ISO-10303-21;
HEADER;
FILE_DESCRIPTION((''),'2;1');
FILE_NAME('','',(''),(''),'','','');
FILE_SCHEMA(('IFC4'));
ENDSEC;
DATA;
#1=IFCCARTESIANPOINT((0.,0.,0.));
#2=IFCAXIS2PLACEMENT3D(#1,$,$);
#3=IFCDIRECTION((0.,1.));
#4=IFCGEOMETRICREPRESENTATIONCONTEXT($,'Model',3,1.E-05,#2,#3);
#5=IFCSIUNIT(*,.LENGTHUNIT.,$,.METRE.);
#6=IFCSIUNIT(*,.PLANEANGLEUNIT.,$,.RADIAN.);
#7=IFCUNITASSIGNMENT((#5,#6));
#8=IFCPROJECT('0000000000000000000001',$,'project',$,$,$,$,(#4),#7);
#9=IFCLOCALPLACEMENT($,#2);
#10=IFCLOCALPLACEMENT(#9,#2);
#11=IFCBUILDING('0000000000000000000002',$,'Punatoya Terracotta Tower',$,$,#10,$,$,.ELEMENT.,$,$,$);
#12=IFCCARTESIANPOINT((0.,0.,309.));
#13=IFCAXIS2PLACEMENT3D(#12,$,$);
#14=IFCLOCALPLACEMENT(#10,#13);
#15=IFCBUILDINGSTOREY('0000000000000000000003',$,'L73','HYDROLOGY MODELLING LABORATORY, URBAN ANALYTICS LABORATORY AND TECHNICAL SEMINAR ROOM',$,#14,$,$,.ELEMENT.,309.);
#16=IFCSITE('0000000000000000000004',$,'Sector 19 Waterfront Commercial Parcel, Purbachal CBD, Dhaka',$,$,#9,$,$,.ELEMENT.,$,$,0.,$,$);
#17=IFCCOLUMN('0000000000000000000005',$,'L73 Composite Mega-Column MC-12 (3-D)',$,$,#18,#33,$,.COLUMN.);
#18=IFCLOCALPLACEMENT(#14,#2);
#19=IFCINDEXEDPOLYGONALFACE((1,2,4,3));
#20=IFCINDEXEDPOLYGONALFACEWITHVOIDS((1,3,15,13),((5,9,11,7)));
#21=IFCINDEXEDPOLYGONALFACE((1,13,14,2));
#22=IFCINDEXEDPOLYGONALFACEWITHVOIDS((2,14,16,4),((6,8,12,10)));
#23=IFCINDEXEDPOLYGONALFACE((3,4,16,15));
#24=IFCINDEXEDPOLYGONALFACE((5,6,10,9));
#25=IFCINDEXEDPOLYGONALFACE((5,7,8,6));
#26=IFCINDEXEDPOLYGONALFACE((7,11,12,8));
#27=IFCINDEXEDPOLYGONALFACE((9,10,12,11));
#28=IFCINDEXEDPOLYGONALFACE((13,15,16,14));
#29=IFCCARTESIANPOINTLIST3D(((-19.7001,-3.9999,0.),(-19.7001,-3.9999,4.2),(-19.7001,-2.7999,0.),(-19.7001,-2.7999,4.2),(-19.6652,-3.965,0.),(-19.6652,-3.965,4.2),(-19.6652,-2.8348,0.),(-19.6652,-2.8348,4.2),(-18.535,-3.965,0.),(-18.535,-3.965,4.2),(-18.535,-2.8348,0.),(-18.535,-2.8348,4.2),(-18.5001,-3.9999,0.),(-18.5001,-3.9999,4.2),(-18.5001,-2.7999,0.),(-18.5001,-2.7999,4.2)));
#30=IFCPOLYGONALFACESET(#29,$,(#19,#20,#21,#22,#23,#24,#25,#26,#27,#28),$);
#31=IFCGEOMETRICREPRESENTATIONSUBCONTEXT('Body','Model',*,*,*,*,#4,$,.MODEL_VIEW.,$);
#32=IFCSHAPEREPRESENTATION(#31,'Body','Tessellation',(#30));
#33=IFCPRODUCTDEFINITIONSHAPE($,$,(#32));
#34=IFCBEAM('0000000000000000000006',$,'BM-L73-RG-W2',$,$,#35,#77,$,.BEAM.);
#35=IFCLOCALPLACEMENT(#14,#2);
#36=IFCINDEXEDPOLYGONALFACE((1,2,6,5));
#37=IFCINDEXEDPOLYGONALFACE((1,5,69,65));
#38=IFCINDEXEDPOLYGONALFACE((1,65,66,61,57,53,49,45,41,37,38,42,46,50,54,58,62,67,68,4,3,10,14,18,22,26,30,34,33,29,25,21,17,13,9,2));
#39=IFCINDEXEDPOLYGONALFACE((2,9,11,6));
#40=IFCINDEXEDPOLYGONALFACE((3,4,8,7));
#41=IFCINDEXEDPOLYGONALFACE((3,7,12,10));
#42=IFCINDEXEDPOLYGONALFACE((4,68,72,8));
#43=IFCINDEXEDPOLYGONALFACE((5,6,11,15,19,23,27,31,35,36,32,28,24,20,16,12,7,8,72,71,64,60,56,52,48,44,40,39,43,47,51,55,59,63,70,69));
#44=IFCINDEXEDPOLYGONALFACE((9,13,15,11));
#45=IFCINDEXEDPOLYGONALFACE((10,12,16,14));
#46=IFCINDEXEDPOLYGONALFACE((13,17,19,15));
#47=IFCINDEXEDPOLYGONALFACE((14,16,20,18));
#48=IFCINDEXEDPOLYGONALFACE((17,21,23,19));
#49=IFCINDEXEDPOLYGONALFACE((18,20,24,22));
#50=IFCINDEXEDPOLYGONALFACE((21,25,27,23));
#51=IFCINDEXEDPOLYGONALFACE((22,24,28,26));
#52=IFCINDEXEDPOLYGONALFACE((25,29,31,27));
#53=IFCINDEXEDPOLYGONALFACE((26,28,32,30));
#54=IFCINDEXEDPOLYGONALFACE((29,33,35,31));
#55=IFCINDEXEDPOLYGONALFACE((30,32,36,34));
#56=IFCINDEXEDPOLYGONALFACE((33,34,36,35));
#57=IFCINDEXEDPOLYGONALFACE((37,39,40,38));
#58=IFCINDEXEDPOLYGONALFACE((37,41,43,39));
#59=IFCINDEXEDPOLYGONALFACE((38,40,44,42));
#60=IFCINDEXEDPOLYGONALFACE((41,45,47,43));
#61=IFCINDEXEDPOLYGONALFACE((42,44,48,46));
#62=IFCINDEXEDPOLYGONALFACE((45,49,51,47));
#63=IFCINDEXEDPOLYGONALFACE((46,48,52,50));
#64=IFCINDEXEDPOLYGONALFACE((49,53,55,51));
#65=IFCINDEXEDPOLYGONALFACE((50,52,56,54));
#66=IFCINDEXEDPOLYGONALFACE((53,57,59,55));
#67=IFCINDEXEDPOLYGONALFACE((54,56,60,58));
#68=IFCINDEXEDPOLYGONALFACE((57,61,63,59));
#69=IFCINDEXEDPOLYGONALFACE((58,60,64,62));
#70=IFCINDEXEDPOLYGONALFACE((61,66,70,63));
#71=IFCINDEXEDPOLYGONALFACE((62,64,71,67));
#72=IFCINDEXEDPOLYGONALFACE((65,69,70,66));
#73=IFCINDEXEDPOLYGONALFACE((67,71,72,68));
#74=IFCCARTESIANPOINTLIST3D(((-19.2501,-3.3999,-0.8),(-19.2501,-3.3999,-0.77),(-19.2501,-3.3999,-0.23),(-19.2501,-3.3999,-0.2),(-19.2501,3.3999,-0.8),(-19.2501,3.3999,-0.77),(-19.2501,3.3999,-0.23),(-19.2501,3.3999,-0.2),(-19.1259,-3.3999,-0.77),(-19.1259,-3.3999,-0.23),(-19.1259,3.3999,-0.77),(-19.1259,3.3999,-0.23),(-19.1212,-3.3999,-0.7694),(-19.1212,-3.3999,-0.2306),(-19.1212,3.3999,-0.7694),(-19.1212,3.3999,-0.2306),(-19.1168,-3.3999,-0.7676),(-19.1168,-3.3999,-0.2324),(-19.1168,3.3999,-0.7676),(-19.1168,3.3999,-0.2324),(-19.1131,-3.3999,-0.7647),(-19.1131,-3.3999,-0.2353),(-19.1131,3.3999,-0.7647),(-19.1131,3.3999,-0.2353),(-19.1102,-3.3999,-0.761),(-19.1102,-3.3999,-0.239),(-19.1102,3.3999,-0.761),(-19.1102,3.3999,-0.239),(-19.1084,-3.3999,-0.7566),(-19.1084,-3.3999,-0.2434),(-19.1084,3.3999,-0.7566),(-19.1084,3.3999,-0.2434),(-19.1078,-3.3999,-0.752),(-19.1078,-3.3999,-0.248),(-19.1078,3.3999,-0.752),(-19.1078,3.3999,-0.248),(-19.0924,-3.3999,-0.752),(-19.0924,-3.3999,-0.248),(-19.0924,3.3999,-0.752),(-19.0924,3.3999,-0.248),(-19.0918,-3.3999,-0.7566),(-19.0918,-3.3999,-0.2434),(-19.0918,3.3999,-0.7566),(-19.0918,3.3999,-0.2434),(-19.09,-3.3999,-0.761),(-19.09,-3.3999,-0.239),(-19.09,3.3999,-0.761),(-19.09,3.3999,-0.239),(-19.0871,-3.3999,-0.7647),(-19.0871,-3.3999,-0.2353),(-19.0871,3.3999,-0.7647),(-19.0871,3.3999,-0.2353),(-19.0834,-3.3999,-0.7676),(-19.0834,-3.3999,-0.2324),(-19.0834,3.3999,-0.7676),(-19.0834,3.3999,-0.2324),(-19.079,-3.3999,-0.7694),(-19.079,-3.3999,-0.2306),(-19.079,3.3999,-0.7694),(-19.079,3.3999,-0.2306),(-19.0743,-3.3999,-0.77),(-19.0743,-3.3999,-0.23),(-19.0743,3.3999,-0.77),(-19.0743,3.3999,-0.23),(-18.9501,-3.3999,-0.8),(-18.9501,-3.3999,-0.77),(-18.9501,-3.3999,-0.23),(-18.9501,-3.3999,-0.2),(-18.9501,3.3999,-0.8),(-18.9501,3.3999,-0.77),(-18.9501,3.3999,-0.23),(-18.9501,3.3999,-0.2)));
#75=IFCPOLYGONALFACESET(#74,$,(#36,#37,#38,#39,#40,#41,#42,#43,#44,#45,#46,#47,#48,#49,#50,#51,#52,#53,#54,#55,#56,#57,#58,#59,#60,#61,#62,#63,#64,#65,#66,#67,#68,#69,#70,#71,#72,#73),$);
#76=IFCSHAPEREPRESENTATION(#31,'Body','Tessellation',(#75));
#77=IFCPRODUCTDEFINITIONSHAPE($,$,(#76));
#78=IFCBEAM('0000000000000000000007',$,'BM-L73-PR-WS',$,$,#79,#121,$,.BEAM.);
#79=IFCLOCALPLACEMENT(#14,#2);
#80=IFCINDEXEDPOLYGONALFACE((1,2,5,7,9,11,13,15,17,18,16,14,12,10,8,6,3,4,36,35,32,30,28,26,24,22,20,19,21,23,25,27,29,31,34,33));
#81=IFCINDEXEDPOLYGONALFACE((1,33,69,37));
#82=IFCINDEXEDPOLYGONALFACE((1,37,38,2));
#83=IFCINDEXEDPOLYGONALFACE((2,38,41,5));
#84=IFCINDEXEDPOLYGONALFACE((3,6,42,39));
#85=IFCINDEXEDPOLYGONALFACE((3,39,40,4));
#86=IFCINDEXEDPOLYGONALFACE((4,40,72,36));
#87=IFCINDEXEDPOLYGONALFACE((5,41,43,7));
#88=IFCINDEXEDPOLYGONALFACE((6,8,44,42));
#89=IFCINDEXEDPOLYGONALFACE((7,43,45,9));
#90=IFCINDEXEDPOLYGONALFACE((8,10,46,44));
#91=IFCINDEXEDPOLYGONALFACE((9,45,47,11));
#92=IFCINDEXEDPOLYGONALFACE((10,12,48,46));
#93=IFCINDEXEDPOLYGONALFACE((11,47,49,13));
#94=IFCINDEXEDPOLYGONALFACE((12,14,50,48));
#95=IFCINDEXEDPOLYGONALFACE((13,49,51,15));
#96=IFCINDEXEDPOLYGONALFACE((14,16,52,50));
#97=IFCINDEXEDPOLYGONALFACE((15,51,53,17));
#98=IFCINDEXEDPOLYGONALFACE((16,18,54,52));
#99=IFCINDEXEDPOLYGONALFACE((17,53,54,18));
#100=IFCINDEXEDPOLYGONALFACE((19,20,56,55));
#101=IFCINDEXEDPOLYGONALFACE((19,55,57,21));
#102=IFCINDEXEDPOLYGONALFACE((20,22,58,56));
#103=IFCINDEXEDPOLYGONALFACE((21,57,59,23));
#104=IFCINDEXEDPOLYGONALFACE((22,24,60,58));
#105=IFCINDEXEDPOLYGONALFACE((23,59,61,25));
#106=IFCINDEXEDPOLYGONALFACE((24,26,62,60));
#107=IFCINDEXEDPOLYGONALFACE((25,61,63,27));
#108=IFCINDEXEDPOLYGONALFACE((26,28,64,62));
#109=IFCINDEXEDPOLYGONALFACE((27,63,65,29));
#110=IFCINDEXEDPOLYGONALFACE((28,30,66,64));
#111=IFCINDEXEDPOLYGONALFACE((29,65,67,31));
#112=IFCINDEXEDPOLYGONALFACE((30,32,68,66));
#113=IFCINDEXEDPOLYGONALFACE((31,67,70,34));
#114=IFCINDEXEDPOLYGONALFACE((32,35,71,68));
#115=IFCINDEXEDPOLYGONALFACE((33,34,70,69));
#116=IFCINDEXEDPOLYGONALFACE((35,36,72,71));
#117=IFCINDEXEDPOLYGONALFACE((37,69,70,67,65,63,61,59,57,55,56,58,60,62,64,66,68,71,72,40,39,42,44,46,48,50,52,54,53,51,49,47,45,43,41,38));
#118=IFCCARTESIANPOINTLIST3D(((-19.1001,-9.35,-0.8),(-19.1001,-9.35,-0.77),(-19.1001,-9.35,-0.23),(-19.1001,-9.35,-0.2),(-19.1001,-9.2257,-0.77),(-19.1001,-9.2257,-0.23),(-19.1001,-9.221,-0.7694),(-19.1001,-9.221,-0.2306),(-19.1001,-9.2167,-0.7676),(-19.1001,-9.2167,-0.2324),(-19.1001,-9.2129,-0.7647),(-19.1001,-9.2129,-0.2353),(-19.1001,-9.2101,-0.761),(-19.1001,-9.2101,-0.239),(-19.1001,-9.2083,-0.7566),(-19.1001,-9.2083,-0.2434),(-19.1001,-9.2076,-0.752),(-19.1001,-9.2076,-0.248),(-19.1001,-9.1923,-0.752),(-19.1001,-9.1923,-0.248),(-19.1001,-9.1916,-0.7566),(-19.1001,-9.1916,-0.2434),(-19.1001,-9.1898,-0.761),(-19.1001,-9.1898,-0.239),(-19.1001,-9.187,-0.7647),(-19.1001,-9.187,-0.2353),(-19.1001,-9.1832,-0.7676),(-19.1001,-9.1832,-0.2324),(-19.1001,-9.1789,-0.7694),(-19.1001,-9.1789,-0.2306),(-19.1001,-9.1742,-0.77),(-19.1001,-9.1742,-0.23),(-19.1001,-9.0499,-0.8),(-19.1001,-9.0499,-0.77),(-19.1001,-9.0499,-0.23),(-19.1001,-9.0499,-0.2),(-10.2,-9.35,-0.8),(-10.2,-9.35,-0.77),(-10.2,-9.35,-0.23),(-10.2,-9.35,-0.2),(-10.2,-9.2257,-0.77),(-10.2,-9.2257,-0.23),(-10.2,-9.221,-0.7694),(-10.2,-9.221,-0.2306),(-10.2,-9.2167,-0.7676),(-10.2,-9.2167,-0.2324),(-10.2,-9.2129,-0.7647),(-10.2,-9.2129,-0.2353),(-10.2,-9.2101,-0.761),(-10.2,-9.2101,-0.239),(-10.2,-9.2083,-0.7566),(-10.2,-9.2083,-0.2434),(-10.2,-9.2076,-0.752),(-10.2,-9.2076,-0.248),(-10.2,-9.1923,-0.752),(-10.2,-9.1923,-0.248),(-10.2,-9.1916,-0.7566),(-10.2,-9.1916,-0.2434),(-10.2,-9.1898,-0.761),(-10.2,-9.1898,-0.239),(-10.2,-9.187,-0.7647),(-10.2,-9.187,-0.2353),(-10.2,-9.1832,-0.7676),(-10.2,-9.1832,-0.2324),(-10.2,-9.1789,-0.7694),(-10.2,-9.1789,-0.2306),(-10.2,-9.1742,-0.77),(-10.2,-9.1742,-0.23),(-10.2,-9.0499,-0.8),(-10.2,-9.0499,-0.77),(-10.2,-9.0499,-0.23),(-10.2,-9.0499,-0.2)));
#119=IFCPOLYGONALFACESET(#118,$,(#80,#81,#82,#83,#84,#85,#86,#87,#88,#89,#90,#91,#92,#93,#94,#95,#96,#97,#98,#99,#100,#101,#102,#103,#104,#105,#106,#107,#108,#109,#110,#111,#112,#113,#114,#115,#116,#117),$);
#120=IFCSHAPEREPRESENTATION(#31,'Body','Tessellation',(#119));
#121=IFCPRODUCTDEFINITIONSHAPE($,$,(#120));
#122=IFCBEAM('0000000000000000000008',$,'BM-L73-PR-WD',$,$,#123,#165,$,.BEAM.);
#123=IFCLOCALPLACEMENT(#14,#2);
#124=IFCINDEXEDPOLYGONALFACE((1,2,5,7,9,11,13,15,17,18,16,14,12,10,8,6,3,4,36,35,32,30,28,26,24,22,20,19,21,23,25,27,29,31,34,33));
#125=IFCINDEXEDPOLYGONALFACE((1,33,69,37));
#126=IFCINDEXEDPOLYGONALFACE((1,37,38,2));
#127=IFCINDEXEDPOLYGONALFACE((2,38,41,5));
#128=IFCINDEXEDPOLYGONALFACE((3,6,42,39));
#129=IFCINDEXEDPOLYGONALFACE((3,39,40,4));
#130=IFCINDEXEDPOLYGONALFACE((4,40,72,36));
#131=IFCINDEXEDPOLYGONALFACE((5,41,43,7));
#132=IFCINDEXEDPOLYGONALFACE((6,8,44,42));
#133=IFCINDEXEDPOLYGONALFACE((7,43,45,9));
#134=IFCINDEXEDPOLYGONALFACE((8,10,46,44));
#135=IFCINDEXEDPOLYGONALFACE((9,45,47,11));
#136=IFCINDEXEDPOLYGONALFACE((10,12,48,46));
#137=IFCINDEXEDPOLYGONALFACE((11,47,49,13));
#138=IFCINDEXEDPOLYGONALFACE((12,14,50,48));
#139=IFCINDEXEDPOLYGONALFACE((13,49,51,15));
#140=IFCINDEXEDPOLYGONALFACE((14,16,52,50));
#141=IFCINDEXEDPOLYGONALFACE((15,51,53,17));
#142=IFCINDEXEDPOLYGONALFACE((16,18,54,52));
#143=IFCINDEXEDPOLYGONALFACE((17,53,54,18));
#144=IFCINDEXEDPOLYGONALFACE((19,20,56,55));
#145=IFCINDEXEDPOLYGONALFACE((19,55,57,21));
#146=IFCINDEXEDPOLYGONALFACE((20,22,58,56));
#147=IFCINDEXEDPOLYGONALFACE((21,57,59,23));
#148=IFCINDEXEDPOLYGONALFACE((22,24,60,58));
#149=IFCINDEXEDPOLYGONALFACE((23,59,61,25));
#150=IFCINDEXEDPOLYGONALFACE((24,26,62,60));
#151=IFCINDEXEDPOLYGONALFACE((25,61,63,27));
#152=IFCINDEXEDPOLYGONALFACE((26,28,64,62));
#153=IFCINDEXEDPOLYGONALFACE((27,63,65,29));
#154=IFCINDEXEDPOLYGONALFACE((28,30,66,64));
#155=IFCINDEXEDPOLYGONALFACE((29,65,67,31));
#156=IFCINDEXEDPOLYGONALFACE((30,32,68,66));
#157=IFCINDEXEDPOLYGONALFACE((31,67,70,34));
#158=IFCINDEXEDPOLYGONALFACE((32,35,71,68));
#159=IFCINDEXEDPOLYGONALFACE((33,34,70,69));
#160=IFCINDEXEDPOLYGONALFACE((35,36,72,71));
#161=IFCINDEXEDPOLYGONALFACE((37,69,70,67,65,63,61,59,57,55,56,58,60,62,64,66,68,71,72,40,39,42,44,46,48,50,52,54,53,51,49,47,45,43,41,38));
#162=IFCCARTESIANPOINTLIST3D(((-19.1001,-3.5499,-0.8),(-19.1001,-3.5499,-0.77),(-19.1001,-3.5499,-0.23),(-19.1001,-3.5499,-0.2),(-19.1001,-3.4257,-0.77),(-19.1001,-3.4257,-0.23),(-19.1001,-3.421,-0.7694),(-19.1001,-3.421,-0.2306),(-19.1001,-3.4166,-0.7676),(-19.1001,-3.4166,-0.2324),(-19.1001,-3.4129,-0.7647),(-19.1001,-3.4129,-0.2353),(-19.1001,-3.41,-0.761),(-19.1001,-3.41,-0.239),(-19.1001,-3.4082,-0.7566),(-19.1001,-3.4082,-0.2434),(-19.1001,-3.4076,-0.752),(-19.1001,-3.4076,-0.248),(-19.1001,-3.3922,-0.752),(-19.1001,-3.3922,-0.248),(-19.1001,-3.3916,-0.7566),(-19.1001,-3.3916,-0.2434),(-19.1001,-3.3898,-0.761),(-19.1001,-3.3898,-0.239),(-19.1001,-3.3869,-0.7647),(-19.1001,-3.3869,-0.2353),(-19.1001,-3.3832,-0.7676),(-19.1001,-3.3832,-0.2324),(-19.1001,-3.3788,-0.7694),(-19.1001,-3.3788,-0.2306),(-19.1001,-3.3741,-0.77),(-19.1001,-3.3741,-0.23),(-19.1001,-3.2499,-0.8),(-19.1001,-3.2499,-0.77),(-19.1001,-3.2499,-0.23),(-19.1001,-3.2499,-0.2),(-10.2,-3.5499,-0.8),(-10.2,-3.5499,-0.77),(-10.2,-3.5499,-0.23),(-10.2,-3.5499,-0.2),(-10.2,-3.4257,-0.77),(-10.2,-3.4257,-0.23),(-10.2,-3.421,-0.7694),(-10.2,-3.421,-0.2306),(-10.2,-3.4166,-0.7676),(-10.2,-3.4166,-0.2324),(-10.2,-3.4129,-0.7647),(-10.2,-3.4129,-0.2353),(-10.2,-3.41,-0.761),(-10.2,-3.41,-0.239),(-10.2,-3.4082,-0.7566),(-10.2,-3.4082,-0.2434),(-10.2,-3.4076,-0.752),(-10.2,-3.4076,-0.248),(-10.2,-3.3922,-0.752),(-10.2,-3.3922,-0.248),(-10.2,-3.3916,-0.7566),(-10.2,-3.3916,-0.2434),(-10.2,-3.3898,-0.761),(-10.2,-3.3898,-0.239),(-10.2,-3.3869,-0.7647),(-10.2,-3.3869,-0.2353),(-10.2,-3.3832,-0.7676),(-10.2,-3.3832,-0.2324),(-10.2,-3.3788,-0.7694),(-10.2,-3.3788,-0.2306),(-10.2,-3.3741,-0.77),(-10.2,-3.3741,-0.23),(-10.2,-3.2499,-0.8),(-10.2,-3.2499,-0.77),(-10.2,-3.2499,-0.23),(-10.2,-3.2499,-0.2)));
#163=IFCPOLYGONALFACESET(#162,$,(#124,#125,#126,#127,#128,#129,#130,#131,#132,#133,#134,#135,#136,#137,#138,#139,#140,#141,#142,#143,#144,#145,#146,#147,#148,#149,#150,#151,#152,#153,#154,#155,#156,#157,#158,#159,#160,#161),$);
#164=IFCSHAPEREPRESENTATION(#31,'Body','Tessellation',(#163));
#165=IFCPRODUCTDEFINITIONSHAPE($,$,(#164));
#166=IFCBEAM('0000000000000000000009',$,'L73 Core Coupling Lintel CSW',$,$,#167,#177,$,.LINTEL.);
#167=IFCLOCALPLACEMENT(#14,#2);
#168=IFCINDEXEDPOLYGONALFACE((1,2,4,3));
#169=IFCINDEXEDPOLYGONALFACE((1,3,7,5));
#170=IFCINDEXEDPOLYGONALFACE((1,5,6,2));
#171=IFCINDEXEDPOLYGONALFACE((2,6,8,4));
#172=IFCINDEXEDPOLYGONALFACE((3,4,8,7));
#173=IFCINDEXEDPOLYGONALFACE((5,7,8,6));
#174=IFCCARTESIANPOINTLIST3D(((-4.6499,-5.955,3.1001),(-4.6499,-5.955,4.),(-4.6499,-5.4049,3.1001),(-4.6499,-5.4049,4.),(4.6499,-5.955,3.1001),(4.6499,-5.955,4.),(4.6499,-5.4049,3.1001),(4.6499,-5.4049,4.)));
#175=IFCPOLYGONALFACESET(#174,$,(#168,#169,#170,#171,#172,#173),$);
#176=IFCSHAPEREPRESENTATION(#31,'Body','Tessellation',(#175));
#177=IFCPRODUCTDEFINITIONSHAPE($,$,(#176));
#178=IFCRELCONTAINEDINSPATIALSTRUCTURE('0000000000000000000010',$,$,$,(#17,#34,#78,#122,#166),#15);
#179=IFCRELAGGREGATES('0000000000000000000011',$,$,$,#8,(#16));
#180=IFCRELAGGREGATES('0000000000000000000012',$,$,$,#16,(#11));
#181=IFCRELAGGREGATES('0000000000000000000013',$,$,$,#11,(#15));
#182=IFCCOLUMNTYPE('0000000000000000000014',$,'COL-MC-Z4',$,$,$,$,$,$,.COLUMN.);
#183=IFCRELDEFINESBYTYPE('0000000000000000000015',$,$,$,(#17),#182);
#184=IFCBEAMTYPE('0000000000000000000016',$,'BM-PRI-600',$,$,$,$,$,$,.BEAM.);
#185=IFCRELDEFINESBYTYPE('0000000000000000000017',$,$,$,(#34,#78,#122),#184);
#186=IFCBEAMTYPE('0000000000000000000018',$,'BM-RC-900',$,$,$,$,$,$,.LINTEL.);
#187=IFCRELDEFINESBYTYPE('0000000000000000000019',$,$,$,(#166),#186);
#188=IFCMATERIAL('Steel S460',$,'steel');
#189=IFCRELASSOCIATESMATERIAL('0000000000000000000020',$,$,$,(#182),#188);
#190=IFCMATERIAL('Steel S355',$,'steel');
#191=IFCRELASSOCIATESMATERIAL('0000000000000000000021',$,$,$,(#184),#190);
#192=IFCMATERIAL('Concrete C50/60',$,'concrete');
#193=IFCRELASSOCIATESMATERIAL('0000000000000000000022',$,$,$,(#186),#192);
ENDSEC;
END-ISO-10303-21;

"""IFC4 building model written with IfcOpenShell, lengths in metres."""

from ifc_helpers import new_model, si_unit, direction, frame, origin, origin_2d, place, context, subcontext, project, spatial, rectangle, hollow_rectangle, i_section, extrude, material, material_profile, profile_set, type_object, element, save


model = new_model("IFC4")

# Units and contexts
model_context = context("Model", 3, precision=1e-05, world=origin(), true_north=direction((0.0, 1.0)))
body_context = subcontext(model_context, "Body", "Model", "MODEL_VIEW")
ifc_project = project(units=[si_unit("LENGTHUNIT", "METRE"), si_unit("PLANEANGLEUNIT", "RADIAN")], contexts=[model_context])

# Site, building, storey
site_placement = place(None, origin())
site = spatial("IfcSite", under=ifc_project, at=site_placement, Name="Sector 19 Waterfront Commercial Parcel, Purbachal CBD, Dhaka", CompositionType="ELEMENT", RefElevation=0.0)
building_placement = place(site_placement, origin())
building = spatial("IfcBuilding", under=site, at=building_placement, Name="Punatoya Terracotta Tower", CompositionType="ELEMENT")
storey_placement = place(building_placement, frame((0.0, 0.0, 309.0)))
storey = spatial("IfcBuildingStorey", under=building, at=storey_placement, Name="L73", Description="HYDROLOGY MODELLING LABORATORY, URBAN ANALYTICS LABORATORY AND TECHNICAL SEMINAR ROOM", CompositionType="ELEMENT", Elevation=309.0)

# Column
ifc_material_1 = material(Name="Steel S460", Category="steel")
ifc_material_profile_1 = material_profile(ifc_material_1, hollow_rectangle(XDim=1.2, YDim=1.2, WallThickness=0.0349, at=origin_2d()))
ifc_profile_set_1 = profile_set([ifc_material_profile_1], Name="Steel S460")
column_type = type_object("IfcColumnType", Name="COL-MC-Z4", PredefinedType="COLUMN", material=ifc_profile_set_1)
column_placement = place(storey_placement, frame((-19.1001, -3.3999, 0.0), z_axis=(0.0, 0.0, 1.0), x_axis=(1.0, 0.0, 0.0)))
element("IfcColumn", 1, at=column_placement, inside=storey, type_object=column_type, Name="L73 Composite Mega-Column MC-12 (3-D)", PredefinedType="COLUMN", context=body_context, shape_type="SweptSolid", body=[
    extrude(hollow_rectangle(XDim=1.2, YDim=1.2, WallThickness=0.0349, at=origin_2d()), origin(), (0.0, 0.0, 1.0), 4.2),
])

# Beams
ifc_material_2 = material(Name="Steel S355", Category="steel")
ifc_material_profile_2 = material_profile(ifc_material_2, i_section(OverallWidth=0.3, OverallDepth=0.6001, WebThickness=0.0154, FlangeThickness=0.03, FilletRadius=0.0181, at=origin_2d()))
ifc_profile_set_2 = profile_set([ifc_material_profile_2], Name="Steel S355")
beam_type_1 = type_object("IfcBeamType", Name="BM-PRI-600", PredefinedType="BEAM", material=ifc_profile_set_2)
beam_1_placement = place(storey_placement, frame((-19.1001, -3.3999, -0.5), z_axis=(0.0, 1.0, 0.0), x_axis=(-1.0, 0.0, 0.0)))
element("IfcBeam", 2, at=beam_1_placement, inside=storey, type_object=beam_type_1, Name="BM-L73-RG-W2", PredefinedType="BEAM", context=body_context, shape_type="SweptSolid", body=[
    extrude(i_section(OverallWidth=0.3, OverallDepth=0.6001, WebThickness=0.0154, FlangeThickness=0.03, FilletRadius=0.0181, at=origin_2d()), origin(), (0.0, 0.0, 1.0), 6.7998),
])
for number, where, z_axis, x_axis, name in (
    (3, (-19.1001, -9.2, -0.5), (1.0, 0.0, 0.0), (0.0, 1.0, 0.0), "BM-L73-PR-WS"),
    (4, (-19.1001, -3.3999, -0.5), (1.0, 0.0, 0.0), (0.0, 1.0, 0.0), "BM-L73-PR-WD"),
):
    element("IfcBeam", number, at=place(storey_placement, frame(where, z_axis=z_axis, x_axis=x_axis)), inside=storey, type_object=beam_type_1, Name=name, PredefinedType="BEAM", context=body_context, shape_type="SweptSolid", body=[
        extrude(i_section(OverallWidth=0.3, OverallDepth=0.6001, WebThickness=0.0154, FlangeThickness=0.03, FilletRadius=0.0181, at=origin_2d()), origin(), (0.0, 0.0, 1.0), 8.9001),
    ])
ifc_material_3 = material(Name="Concrete C50/60", Category="concrete")
ifc_material_profile_3 = material_profile(ifc_material_3, rectangle(XDim=0.55, YDim=0.8999, at=origin_2d()))
ifc_profile_set_3 = profile_set([ifc_material_profile_3], Name="Concrete C50/60")
beam_type_2 = type_object("IfcBeamType", Name="BM-RC-900", PredefinedType="LINTEL", material=ifc_profile_set_3)
beam_2_placement = place(storey_placement, frame((-4.6499, -5.6799, 3.55), z_axis=(1.0, 0.0, 0.0), x_axis=(0.0, 1.0, 0.0)))
element("IfcBeam", 5, at=beam_2_placement, inside=storey, type_object=beam_type_2, Name="L73 Core Coupling Lintel CSW", PredefinedType="LINTEL", context=body_context, shape_type="SweptSolid", body=[
    extrude(rectangle(XDim=0.55, YDim=0.8999, at=origin_2d()), origin(), (0.0, 0.0, 1.0), 9.2998),
])

save(model, "model.ifc")
